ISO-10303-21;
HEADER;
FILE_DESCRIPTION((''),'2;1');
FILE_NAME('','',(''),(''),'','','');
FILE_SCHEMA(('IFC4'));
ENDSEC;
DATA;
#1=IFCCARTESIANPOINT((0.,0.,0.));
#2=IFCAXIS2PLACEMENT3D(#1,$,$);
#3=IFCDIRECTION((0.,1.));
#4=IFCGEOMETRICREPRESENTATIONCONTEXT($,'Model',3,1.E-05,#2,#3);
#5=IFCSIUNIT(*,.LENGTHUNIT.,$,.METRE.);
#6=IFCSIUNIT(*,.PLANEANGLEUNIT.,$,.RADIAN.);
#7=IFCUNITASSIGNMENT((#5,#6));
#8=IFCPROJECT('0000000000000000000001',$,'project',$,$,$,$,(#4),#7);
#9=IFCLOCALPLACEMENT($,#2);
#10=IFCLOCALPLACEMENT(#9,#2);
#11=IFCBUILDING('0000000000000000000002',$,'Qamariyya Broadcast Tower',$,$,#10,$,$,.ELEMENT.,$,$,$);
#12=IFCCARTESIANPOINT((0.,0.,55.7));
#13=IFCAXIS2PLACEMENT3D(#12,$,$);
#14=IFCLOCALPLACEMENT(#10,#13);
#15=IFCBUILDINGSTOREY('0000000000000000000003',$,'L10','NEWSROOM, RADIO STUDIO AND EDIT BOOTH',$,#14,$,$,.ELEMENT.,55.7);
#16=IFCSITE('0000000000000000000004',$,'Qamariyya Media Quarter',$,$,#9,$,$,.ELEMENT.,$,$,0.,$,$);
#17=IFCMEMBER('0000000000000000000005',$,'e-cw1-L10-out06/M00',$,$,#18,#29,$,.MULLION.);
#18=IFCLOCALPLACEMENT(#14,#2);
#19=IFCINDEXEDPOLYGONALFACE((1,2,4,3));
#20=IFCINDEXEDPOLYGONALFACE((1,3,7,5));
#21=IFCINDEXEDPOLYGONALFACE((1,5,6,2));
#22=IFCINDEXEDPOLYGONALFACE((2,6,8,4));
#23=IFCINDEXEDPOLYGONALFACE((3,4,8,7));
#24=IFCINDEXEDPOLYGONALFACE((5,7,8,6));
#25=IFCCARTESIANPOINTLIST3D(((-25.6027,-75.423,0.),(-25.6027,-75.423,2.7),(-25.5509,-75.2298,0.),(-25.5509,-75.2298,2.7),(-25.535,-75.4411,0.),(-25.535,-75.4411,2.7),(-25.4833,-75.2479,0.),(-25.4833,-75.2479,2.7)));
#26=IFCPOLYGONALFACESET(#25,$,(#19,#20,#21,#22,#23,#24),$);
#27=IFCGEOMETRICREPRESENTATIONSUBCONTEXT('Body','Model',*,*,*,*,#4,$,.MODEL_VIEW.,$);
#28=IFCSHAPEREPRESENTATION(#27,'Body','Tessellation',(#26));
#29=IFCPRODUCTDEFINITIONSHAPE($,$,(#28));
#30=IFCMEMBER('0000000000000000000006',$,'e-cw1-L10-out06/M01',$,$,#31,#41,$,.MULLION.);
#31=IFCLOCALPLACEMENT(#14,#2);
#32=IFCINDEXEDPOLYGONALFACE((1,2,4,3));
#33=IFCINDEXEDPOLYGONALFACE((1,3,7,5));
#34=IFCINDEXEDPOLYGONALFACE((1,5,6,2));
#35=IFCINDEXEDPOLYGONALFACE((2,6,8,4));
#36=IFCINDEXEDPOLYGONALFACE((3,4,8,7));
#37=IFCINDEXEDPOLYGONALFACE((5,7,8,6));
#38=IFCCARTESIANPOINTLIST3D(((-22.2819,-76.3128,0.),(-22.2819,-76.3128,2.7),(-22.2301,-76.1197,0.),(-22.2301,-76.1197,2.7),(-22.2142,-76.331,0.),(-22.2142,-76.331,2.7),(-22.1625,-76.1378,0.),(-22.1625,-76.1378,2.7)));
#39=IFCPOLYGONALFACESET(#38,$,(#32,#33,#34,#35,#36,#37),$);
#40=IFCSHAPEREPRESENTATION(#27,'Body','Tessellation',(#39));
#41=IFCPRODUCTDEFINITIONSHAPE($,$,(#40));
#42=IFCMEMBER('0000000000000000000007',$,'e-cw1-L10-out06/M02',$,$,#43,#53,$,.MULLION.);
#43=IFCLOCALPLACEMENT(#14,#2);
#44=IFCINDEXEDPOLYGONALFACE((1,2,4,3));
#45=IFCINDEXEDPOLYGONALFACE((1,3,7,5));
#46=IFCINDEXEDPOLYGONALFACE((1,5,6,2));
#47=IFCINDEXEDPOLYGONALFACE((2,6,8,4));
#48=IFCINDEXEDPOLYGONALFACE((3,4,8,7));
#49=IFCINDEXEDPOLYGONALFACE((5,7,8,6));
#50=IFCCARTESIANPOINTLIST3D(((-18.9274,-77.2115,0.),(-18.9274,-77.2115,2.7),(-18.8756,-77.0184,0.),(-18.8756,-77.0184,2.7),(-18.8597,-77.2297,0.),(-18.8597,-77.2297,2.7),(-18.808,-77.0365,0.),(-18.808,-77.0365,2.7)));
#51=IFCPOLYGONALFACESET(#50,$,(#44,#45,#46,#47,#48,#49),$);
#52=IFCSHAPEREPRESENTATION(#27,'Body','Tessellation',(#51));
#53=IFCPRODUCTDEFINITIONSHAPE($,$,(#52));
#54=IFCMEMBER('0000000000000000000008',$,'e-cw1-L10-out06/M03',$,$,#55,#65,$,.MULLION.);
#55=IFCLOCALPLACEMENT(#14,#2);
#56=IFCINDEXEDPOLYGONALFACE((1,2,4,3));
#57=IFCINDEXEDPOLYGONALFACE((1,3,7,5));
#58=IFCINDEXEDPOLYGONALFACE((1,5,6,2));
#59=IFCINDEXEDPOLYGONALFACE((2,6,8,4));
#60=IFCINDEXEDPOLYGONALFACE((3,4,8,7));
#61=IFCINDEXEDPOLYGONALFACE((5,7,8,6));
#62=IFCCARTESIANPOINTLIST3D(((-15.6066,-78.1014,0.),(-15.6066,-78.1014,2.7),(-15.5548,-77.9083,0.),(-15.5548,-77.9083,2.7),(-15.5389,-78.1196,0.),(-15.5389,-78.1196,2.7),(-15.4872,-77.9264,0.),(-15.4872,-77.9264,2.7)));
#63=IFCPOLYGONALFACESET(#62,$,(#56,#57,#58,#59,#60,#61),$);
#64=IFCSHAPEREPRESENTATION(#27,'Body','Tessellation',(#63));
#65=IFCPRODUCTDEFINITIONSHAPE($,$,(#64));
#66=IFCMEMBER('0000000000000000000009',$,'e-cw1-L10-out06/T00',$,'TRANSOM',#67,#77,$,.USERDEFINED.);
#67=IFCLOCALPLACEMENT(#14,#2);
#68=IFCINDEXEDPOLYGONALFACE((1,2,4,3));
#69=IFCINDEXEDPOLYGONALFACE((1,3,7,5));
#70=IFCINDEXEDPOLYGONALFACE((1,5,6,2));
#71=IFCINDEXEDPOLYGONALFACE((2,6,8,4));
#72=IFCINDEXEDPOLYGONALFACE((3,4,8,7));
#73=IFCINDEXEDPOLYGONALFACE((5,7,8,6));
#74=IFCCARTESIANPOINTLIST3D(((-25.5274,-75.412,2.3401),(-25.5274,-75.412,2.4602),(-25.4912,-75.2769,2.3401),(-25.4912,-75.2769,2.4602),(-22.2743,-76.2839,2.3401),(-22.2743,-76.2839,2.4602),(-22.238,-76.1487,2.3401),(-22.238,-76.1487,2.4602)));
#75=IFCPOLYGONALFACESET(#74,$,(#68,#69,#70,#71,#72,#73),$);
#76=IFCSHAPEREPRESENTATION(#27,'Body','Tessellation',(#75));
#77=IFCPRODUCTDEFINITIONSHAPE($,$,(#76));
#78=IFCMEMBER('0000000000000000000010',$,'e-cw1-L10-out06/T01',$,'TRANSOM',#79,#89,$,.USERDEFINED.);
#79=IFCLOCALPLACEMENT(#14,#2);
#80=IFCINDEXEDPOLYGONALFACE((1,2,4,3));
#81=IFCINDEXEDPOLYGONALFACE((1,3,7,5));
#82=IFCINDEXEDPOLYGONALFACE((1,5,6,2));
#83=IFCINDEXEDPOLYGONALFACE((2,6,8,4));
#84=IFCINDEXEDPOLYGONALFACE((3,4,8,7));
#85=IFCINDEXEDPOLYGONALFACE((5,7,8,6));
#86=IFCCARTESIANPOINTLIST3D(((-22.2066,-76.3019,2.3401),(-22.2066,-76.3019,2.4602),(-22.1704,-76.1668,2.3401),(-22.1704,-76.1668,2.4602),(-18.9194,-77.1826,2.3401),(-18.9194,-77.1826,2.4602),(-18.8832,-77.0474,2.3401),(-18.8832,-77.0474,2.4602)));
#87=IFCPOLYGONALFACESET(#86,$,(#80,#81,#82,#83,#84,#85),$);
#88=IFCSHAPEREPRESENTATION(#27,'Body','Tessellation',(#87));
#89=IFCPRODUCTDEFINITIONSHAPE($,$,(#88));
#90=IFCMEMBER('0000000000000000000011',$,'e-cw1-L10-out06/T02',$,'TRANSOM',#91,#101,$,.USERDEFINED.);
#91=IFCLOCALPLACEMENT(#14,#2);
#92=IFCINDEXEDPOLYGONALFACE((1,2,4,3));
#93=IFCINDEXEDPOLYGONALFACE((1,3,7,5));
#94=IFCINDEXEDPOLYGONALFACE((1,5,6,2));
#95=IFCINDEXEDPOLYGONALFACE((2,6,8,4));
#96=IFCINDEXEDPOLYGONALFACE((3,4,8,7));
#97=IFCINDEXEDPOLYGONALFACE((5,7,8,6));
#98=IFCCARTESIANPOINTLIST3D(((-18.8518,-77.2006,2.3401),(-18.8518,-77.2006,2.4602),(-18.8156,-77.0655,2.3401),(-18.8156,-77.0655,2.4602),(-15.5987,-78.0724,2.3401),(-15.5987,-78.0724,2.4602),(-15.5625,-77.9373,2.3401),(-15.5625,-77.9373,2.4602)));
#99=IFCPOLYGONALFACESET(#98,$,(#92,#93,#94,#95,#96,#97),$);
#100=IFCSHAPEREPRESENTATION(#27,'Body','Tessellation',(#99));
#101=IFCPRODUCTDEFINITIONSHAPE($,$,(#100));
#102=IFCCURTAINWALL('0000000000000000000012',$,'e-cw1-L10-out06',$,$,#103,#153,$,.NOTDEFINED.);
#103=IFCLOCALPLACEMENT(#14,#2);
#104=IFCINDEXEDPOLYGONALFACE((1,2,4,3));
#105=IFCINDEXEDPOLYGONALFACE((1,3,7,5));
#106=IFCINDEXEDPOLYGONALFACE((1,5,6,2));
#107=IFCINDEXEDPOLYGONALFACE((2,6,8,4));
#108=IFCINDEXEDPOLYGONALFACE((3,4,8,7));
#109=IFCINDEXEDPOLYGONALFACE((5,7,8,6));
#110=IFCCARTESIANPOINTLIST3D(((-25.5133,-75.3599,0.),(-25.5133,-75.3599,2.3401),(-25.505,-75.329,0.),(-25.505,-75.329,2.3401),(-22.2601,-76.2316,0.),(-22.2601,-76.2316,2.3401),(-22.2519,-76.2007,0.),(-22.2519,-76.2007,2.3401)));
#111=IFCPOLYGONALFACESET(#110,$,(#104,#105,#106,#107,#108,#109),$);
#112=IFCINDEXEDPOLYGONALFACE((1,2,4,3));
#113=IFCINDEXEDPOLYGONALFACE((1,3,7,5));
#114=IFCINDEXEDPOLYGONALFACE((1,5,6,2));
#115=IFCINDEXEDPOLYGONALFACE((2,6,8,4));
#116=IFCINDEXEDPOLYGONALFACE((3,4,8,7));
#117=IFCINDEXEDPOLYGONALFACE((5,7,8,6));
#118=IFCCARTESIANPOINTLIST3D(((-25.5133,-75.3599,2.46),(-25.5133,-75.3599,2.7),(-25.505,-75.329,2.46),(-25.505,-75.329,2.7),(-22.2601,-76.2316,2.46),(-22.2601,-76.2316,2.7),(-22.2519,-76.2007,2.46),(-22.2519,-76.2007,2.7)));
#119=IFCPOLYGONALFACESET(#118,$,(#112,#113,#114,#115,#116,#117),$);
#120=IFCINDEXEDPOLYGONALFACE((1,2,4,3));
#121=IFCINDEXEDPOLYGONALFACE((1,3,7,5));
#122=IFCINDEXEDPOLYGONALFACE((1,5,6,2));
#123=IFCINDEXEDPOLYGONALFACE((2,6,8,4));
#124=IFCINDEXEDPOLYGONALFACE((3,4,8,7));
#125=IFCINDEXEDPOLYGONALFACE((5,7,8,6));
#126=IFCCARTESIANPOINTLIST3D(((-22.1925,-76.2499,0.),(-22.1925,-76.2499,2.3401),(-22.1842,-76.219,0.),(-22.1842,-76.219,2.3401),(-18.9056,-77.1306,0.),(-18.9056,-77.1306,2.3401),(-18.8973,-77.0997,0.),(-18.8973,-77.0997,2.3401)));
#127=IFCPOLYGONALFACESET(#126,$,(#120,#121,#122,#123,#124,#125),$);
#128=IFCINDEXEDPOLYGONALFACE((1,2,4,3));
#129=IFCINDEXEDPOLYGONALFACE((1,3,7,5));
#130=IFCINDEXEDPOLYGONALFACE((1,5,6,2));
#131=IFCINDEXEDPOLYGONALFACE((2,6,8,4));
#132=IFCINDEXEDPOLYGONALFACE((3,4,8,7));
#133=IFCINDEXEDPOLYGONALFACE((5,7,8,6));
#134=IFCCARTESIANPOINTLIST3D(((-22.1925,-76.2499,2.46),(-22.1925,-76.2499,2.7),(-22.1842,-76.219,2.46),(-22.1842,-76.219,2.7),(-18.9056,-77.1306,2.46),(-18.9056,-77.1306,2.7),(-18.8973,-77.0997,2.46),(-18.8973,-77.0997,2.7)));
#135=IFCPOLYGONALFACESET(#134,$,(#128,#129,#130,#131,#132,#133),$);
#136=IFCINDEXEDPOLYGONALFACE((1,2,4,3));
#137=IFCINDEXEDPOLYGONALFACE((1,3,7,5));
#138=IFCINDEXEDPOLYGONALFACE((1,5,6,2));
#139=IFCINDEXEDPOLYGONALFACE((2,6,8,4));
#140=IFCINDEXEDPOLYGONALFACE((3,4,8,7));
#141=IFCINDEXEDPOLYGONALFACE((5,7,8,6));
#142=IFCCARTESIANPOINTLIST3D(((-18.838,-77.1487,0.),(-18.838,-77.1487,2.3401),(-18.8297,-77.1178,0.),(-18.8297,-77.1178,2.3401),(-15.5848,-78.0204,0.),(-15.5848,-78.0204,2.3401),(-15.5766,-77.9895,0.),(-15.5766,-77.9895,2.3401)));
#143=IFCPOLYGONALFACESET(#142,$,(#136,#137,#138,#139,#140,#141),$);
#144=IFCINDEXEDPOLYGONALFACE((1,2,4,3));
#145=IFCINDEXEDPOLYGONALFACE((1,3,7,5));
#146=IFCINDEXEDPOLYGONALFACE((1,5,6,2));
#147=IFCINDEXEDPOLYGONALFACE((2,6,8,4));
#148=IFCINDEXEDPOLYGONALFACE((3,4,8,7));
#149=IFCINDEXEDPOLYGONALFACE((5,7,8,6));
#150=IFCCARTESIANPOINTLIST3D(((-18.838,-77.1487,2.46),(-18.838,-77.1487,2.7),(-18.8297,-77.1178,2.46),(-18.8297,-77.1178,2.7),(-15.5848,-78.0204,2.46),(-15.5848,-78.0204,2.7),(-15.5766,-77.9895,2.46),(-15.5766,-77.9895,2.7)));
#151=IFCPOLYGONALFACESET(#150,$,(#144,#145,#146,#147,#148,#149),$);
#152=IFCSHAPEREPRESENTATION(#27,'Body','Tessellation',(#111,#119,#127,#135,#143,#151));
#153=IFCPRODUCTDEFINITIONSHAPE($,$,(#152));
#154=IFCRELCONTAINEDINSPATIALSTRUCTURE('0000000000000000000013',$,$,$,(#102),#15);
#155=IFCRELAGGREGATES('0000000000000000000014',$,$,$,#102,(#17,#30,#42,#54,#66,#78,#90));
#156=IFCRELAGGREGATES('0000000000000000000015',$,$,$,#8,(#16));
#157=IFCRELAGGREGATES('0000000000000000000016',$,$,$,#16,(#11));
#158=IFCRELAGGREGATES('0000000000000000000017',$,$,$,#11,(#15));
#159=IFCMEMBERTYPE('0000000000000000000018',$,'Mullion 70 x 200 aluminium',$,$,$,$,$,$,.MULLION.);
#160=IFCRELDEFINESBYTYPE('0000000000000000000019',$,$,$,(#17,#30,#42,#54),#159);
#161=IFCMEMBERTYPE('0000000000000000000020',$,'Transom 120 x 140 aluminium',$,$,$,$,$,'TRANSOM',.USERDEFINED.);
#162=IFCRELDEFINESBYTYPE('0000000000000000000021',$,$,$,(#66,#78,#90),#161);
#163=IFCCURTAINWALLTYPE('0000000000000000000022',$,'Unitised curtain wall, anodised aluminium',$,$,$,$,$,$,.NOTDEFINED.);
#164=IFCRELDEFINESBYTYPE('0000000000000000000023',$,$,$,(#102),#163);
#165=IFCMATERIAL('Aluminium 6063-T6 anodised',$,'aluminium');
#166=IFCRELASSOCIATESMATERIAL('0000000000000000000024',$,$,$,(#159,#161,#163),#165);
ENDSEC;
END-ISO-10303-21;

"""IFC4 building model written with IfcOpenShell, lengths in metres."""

from ifc_helpers import new_model, si_unit, direction, frame, origin, origin_2d, place, context, subcontext, project, spatial, rectangle, extrude, material, material_profile, profile_set, type_object, element, aggregate, save


model = new_model("IFC4")

# Units and contexts
model_context = context("Model", 3, precision=1e-05, world=origin(), true_north=direction((0.0, 1.0)))
body_context = subcontext(model_context, "Body", "Model", "MODEL_VIEW")
ifc_project = project(units=[si_unit("LENGTHUNIT", "METRE"), si_unit("PLANEANGLEUNIT", "RADIAN")], contexts=[model_context])

# Members
ifc_material = material(Name="Aluminium 6063-T6 anodised", Category="aluminium")
ifc_material_profile_1 = material_profile(ifc_material, rectangle(XDim=0.2, YDim=0.0701, at=origin_2d()))
ifc_profile_set_1 = profile_set([ifc_material_profile_1], Name="Aluminium 6063-T6 anodised")
member_type_1 = type_object("IfcMemberType", Name="Mullion 70 x 200 aluminium", PredefinedType="MULLION", material=ifc_profile_set_1)
site_placement = place(None, origin())
building_placement = place(site_placement, origin())
storey_placement = place(building_placement, frame((0.0, 0.0, 55.7)))
member_1_placement = place(storey_placement, frame((-25.543, -75.3354, 0.0), z_axis=(0.0, 0.0, 1.0), x_axis=(0.258819, 0.965926, 0.0)))
member_1 = element("IfcMember", 1, at=member_1_placement, type_object=member_type_1, Name="e-cw1-L10-out06/M00", PredefinedType="MULLION", context=body_context, shape_type="SweptSolid", body=[
    extrude(rectangle(XDim=0.2, YDim=0.0701, at=origin_2d()), origin(), (0.0, 0.0, 1.0), 2.7),
])
member_2_placement = place(storey_placement, frame((-22.2222, -76.2253, 0.0), z_axis=(0.0, 0.0, 1.0), x_axis=(0.258819, 0.965926, 0.0)))
member_2 = element("IfcMember", 2, at=member_2_placement, type_object=member_type_1, Name="e-cw1-L10-out06/M01", PredefinedType="MULLION", context=body_context, shape_type="SweptSolid", body=[
    extrude(rectangle(XDim=0.2, YDim=0.0701, at=origin_2d()), origin(), (0.0, 0.0, 1.0), 2.7),
])
member_3_placement = place(storey_placement, frame((-18.8677, -77.124, 0.0), z_axis=(0.0, 0.0, 1.0), x_axis=(0.258819, 0.965926, 0.0)))
member_3 = element("IfcMember", 3, at=member_3_placement, type_object=member_type_1, Name="e-cw1-L10-out06/M02", PredefinedType="MULLION", context=body_context, shape_type="SweptSolid", body=[
    extrude(rectangle(XDim=0.2, YDim=0.0701, at=origin_2d()), origin(), (0.0, 0.0, 1.0), 2.7),
])
member_4_placement = place(storey_placement, frame((-15.5469, -78.0139, 0.0), z_axis=(0.0, 0.0, 1.0), x_axis=(0.258819, 0.965926, 0.0)))
member_4 = element("IfcMember", 4, at=member_4_placement, type_object=member_type_1, Name="e-cw1-L10-out06/M03", PredefinedType="MULLION", context=body_context, shape_type="SweptSolid", body=[
    extrude(rectangle(XDim=0.2, YDim=0.0701, at=origin_2d()), origin(), (0.0, 0.0, 1.0), 2.7),
])
ifc_material_profile_2 = material_profile(ifc_material, rectangle(XDim=0.1399, YDim=0.1201, at=origin_2d()))
ifc_profile_set_2 = profile_set([ifc_material_profile_2], Name="Aluminium 6063-T6 anodised")
member_type_2 = type_object("IfcMemberType", Name="Transom 120 x 140 aluminium", ElementType="TRANSOM", PredefinedType="USERDEFINED", material=ifc_profile_set_2)
member_5_placement = place(storey_placement, frame((-25.5093, -75.3445, 2.4001), z_axis=(0.965915, -0.258858, 0.0), x_axis=(0.258858, 0.965915, 0.0)))
member_5 = element("IfcMember", 5, at=member_5_placement, type_object=member_type_2, Name="e-cw1-L10-out06/T00", ObjectType="TRANSOM", PredefinedType="USERDEFINED", context=body_context, shape_type="SweptSolid", body=[
    extrude(rectangle(XDim=0.1399, YDim=0.1201, at=origin_2d()), origin(), (0.0, 0.0, 1.0), 3.3679),
])
member_6_placement = place(storey_placement, frame((-22.1885, -76.2344, 2.4001), z_axis=(0.965938, -0.258774, 0.0), x_axis=(0.258774, 0.965938, 0.0)))
member_6 = element("IfcMember", 6, at=member_6_placement, type_object=member_type_2, Name="e-cw1-L10-out06/T01", ObjectType="TRANSOM", PredefinedType="USERDEFINED", context=body_context, shape_type="SweptSolid", body=[
    extrude(rectangle(XDim=0.1399, YDim=0.1201, at=origin_2d()), origin(), (0.0, 0.0, 1.0), 3.4031),
])
member_7_placement = place(storey_placement, frame((-18.8337, -77.1331, 2.4001), z_axis=(0.965915, -0.258858, 0.0), x_axis=(0.258858, 0.965915, 0.0)))
member_7 = element("IfcMember", 7, at=member_7_placement, type_object=member_type_2, Name="e-cw1-L10-out06/T02", ObjectType="TRANSOM", PredefinedType="USERDEFINED", context=body_context, shape_type="SweptSolid", body=[
    extrude(rectangle(XDim=0.1399, YDim=0.1201, at=origin_2d()), origin(), (0.0, 0.0, 1.0), 3.3679),
])

# Site, building, storey
site = spatial("IfcSite", under=ifc_project, at=site_placement, Name="Qamariyya Media Quarter", CompositionType="ELEMENT", RefElevation=0.0)
building = spatial("IfcBuilding", under=site, at=building_placement, Name="Qamariyya Broadcast Tower", CompositionType="ELEMENT")
storey = spatial("IfcBuildingStorey", under=building, at=storey_placement, Name="L10", Description="NEWSROOM, RADIO STUDIO AND EDIT BOOTH", CompositionType="ELEMENT", Elevation=55.7)

# Curtain wall
curtain_wall_type = type_object("IfcCurtainWallType", Name="Unitised curtain wall, anodised aluminium", PredefinedType="NOTDEFINED", material=ifc_material)
curtain_wall_1_placement = place(storey_placement, origin())
curtain_wall_1 = element("IfcCurtainWall", 8, at=curtain_wall_1_placement, inside=storey, type_object=curtain_wall_type, Name="e-cw1-L10-out06", PredefinedType="NOTDEFINED", context=body_context, shape_type="SweptSolid", body=[
    extrude(rectangle(XDim=3.3679, YDim=0.032, at=origin_2d()), frame((-23.8826, -75.7803, 0.0), x_axis=(0.965925, -0.258822, 0.0)), (0.0, 0.0, 1.0), 2.3401),
    extrude(rectangle(XDim=3.3679, YDim=0.032, at=origin_2d()), frame((-23.8826, -75.7803, 2.46), x_axis=(0.965925, -0.258822, 0.0)), (0.0, 0.0, 1.0), 0.24),
    extrude(rectangle(XDim=3.4028, YDim=0.032, at=origin_2d()), frame((-20.5449, -76.6748, 0.0), x_axis=(0.965925, -0.258822, 0.0)), (0.0, 0.0, 1.0), 2.3401),
    extrude(rectangle(XDim=3.4028, YDim=0.032, at=origin_2d()), frame((-20.5449, -76.6748, 2.46), x_axis=(0.965925, -0.258822, 0.0)), (0.0, 0.0, 1.0), 0.24),
    extrude(rectangle(XDim=3.3679, YDim=0.032, at=origin_2d()), frame((-17.2073, -77.5691, 0.0), x_axis=(0.965925, -0.258822, 0.0)), (0.0, 0.0, 1.0), 2.3401),
    extrude(rectangle(XDim=3.3679, YDim=0.032, at=origin_2d()), frame((-17.2073, -77.5691, 2.46), x_axis=(0.965925, -0.258822, 0.0)), (0.0, 0.0, 1.0), 0.24),
])
aggregate(curtain_wall_1, [member_1, member_2, member_3, member_4, member_5, member_6, member_7])

save(model, "model.ifc")
